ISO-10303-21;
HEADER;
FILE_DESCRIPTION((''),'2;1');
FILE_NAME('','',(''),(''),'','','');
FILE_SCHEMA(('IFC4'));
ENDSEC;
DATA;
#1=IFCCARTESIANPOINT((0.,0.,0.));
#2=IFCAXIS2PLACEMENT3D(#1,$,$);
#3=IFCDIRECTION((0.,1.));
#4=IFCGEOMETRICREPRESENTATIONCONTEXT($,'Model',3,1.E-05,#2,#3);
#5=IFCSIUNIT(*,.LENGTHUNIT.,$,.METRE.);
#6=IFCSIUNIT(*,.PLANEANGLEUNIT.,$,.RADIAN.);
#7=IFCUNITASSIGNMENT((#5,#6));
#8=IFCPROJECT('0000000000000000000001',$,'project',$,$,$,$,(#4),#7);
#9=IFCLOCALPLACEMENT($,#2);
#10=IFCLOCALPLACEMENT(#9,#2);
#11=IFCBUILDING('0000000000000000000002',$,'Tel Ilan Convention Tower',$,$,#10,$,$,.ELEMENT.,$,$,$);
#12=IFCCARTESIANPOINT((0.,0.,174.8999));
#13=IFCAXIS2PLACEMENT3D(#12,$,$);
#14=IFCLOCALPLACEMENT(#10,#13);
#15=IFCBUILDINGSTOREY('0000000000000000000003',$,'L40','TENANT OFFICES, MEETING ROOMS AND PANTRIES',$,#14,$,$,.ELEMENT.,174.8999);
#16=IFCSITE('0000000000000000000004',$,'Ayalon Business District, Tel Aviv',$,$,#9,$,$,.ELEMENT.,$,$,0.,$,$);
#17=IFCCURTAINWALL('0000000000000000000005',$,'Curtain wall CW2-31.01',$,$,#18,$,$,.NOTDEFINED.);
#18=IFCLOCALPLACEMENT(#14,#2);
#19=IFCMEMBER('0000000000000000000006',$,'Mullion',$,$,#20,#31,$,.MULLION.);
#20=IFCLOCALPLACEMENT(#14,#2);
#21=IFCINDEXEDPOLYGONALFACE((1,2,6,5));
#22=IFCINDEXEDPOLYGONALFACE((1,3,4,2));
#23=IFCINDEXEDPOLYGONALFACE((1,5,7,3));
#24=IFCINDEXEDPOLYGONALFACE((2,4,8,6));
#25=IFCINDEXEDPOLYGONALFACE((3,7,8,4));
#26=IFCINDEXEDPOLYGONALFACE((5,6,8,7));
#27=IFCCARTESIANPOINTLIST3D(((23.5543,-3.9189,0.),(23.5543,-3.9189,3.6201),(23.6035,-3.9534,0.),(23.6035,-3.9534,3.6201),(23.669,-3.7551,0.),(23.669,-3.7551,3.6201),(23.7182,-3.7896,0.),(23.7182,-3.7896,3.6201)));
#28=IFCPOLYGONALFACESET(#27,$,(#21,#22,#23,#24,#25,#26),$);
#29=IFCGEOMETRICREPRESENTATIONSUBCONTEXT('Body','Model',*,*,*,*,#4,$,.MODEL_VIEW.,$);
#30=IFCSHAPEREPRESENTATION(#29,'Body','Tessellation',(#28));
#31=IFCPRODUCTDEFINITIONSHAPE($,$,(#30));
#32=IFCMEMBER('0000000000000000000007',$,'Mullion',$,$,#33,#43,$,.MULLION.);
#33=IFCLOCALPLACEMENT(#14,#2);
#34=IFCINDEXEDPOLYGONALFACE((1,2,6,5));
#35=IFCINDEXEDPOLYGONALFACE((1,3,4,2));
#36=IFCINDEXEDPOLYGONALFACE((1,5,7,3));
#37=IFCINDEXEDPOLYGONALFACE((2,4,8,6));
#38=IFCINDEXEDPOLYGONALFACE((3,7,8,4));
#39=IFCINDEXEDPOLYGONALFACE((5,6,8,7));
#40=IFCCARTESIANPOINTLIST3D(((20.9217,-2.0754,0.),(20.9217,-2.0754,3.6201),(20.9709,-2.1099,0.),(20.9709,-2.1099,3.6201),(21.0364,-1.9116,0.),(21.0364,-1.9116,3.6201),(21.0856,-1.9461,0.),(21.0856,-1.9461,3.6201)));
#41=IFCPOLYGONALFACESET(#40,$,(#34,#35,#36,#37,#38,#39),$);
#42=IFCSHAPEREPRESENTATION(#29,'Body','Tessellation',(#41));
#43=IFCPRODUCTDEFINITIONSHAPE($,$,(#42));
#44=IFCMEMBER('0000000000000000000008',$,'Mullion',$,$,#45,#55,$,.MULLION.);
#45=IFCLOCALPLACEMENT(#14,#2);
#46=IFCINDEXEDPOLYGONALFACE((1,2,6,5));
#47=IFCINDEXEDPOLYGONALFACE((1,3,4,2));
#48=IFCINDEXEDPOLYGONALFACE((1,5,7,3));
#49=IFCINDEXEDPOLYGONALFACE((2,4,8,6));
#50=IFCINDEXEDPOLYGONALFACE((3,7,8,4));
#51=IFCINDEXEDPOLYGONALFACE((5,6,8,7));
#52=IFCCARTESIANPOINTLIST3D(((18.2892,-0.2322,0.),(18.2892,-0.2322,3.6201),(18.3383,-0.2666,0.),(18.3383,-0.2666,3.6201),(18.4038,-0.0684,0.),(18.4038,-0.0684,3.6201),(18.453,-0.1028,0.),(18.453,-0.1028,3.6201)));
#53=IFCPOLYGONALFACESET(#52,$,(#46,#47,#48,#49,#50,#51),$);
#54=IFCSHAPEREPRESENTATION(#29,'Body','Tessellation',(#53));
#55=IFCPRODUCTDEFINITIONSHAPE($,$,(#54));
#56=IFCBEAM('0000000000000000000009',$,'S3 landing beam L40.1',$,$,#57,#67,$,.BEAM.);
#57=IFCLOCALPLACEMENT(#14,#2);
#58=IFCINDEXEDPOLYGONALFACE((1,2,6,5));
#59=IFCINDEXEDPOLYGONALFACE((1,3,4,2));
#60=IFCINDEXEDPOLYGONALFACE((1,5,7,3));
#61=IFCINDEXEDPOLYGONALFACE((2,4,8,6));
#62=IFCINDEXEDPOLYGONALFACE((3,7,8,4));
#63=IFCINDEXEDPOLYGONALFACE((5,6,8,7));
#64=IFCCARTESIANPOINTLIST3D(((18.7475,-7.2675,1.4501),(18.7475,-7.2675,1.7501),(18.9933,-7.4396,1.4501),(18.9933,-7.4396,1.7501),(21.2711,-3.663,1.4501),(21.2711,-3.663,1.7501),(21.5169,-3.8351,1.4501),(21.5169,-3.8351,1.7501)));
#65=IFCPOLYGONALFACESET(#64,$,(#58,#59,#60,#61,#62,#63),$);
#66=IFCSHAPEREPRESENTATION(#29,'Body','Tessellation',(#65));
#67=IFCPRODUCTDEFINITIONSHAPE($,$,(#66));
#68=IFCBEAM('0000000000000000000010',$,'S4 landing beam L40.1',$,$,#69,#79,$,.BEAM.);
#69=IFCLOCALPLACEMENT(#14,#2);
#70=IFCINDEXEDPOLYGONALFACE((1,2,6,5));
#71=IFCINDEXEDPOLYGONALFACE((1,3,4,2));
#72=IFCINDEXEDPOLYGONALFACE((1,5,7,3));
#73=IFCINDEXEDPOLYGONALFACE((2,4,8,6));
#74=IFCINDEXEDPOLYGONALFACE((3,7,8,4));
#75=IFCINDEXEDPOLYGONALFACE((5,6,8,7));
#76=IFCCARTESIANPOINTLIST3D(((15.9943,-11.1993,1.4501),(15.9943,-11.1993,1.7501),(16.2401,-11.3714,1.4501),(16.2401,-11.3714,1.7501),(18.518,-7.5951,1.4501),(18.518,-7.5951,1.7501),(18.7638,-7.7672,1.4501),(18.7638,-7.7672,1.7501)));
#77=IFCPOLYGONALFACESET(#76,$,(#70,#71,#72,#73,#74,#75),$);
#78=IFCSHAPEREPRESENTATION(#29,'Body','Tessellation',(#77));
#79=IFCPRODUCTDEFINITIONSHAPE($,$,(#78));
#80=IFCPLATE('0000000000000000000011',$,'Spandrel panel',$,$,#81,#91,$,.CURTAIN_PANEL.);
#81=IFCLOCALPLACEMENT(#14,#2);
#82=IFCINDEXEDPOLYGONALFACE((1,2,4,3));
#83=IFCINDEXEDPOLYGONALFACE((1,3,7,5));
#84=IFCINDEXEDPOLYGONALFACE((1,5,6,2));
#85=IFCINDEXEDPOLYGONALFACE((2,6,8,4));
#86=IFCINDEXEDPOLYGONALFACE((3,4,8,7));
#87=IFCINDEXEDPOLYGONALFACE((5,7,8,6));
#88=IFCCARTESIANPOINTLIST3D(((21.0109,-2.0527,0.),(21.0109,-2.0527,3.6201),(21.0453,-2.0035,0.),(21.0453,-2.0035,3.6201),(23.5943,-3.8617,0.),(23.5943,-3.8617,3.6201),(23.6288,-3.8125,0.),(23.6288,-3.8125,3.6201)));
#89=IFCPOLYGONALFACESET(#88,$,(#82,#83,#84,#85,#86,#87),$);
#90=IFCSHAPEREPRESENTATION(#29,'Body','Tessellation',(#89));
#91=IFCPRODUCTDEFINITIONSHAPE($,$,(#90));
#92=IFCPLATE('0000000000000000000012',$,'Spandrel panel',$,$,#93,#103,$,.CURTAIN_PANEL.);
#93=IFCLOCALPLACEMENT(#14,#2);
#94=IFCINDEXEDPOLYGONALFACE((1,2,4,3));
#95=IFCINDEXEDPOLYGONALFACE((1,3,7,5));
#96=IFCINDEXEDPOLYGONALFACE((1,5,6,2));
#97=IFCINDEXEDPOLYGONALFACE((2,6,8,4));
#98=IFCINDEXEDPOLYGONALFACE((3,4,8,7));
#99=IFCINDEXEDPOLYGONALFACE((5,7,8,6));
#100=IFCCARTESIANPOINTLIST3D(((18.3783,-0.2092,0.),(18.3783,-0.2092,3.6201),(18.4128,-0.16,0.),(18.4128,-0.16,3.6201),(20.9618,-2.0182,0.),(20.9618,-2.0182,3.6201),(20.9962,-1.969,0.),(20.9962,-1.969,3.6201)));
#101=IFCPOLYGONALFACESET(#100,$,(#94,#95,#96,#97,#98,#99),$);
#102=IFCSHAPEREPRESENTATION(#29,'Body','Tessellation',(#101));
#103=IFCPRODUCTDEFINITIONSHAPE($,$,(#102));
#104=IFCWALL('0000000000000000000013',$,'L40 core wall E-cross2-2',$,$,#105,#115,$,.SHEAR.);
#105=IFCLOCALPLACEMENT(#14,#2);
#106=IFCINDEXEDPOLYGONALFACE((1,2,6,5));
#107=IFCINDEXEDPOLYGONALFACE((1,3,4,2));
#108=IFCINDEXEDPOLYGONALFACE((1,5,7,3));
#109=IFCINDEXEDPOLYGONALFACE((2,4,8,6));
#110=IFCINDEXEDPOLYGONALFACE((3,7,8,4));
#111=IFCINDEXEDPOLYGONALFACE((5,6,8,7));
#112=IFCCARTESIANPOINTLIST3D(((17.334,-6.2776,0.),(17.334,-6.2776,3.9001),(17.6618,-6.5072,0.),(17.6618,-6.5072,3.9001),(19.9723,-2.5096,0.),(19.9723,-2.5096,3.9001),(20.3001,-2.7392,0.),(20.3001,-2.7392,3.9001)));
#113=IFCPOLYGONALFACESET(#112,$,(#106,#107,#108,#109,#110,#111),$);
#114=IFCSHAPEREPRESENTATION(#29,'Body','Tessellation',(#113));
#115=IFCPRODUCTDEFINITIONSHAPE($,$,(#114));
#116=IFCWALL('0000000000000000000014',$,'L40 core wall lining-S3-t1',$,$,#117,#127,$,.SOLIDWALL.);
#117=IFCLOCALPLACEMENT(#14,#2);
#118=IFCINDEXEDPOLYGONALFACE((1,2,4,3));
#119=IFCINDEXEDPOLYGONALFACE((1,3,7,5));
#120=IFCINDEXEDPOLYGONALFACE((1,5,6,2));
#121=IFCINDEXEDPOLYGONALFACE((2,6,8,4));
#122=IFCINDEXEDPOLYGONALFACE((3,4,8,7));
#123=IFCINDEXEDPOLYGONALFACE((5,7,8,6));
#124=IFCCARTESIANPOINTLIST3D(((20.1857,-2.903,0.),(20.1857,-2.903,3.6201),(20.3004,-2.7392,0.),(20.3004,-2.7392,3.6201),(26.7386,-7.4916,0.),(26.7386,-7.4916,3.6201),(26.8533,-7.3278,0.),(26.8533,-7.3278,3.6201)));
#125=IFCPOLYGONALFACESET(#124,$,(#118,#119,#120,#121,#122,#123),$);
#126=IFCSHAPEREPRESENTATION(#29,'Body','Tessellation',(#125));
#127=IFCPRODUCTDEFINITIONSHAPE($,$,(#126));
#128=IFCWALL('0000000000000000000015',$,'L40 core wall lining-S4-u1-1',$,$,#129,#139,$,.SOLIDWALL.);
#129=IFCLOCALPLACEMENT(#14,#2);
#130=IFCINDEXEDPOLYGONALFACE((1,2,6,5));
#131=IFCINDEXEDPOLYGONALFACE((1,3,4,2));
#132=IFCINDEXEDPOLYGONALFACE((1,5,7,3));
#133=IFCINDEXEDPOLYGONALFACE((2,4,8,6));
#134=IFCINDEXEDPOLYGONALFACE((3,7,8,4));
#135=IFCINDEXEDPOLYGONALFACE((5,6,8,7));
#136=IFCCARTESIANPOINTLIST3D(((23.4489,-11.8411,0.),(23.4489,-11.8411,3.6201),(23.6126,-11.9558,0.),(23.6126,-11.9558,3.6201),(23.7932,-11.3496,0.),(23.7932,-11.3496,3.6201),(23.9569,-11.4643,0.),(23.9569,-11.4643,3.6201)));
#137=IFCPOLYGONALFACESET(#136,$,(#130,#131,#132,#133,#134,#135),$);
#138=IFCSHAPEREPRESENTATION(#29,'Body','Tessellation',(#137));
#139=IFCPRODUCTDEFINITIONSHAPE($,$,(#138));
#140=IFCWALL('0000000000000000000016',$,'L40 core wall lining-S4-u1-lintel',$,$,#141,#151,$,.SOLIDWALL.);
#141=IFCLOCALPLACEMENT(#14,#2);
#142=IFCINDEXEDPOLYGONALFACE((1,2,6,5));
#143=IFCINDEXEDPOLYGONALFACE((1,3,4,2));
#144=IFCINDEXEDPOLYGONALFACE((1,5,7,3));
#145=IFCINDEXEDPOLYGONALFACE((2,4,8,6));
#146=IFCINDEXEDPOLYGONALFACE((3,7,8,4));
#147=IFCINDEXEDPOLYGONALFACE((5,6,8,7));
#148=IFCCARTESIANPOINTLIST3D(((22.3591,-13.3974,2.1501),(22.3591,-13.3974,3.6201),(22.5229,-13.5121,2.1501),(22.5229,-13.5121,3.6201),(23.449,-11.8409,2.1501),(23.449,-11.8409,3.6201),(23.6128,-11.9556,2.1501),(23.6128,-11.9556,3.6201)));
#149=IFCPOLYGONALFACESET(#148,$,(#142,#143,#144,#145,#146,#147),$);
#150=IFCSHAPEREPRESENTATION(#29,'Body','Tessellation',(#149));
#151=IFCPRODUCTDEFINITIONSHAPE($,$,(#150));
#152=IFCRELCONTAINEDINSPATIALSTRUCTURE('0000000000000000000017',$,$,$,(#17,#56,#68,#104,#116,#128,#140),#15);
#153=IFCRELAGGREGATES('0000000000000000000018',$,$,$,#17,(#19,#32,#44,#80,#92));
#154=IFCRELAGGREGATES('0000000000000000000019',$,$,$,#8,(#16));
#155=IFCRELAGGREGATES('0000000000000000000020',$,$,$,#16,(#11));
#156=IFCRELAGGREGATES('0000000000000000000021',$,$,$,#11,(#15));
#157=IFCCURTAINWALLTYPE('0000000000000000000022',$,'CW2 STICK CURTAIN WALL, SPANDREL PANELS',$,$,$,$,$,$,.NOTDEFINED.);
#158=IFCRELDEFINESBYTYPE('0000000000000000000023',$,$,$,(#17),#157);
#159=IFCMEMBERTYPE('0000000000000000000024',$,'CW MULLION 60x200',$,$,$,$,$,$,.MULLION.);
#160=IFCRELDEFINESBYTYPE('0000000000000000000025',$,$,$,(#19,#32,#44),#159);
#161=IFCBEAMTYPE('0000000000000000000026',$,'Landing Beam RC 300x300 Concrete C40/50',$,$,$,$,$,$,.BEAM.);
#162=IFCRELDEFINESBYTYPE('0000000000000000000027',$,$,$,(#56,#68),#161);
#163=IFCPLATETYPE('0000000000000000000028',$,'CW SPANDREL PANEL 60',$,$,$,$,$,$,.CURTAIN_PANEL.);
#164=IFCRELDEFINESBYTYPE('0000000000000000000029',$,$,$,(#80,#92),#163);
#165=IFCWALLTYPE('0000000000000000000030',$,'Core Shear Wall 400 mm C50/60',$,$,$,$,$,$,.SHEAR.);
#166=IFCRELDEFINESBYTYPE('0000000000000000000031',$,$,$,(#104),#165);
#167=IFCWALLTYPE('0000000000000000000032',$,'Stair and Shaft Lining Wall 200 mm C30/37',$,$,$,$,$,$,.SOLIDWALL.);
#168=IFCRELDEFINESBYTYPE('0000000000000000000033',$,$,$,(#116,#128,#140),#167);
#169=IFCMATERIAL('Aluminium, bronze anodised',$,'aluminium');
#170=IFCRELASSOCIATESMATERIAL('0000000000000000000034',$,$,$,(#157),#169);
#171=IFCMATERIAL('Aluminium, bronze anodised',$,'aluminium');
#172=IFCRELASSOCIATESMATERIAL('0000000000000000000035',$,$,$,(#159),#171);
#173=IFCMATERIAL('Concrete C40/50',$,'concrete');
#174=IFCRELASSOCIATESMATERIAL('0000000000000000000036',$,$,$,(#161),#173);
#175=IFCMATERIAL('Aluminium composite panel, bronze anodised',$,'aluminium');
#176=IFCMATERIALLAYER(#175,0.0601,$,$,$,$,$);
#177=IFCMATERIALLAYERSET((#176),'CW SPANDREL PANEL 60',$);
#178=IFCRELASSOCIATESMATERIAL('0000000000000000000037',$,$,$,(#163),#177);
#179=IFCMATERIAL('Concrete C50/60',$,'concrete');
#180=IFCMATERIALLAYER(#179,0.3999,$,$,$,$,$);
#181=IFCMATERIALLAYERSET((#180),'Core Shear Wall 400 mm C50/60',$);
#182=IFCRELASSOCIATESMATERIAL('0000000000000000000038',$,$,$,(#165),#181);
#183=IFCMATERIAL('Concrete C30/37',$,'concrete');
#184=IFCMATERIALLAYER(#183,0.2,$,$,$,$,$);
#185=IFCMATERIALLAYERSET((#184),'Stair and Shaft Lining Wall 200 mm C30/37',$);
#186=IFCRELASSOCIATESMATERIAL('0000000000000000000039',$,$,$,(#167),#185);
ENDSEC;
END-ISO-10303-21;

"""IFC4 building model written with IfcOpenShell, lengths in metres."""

from ifc_helpers import new_model, si_unit, direction, frame, frame_2d, origin, origin_2d, place, context, subcontext, project, spatial, polyline, rectangle, outline, extrude, material, layer, layer_set, material_profile, profile_set, type_object, element, aggregate, save


model = new_model("IFC4")

# Units and contexts
model_context = context("Model", 3, precision=1e-05, world=origin(), true_north=direction((0.0, 1.0)))
body_context = subcontext(model_context, "Body", "Model", "MODEL_VIEW")
ifc_project = project(units=[si_unit("LENGTHUNIT", "METRE"), si_unit("PLANEANGLEUNIT", "RADIAN")], contexts=[model_context])

# Site, building, storey
site_placement = place(None, origin())
site = spatial("IfcSite", under=ifc_project, at=site_placement, Name="Ayalon Business District, Tel Aviv", CompositionType="ELEMENT", RefElevation=0.0)
building_placement = place(site_placement, origin())
building = spatial("IfcBuilding", under=site, at=building_placement, Name="Tel Ilan Convention Tower", CompositionType="ELEMENT")
storey_placement = place(building_placement, frame((0.0, 0.0, 174.8999)))
storey = spatial("IfcBuildingStorey", under=building, at=storey_placement, Name="L40", Description="TENANT OFFICES, MEETING ROOMS AND PANTRIES", CompositionType="ELEMENT", Elevation=174.8999)

# Curtain wall, members
ifc_material_1 = material(Name="Aluminium, bronze anodised", Category="aluminium")
curtain_wall_type = type_object("IfcCurtainWallType", Name="CW2 STICK CURTAIN WALL, SPANDREL PANELS", PredefinedType="NOTDEFINED", material=ifc_material_1)
curtain_wall_placement = place(storey_placement, origin())
curtain_wall = element("IfcCurtainWall", 1, at=curtain_wall_placement, inside=storey, type_object=curtain_wall_type, Name="Curtain wall CW2-31.01", PredefinedType="NOTDEFINED")
ifc_material_2 = material(Name="Aluminium, bronze anodised", Category="aluminium")
ifc_material_profile_1 = material_profile(ifc_material_2, rectangle(XDim=0.0601, YDim=0.2, at=origin_2d()), Name="CW MULLION 60x200")
ifc_profile_set_1 = profile_set([ifc_material_profile_1], Name="Aluminium, bronze anodised")
member_type = type_object("IfcMemberType", Name="CW MULLION 60x200", PredefinedType="MULLION", material=ifc_profile_set_1)
member_1_placement = place(storey_placement, frame((23.6362, -3.8542, 0.0), z_axis=(0.0, 0.0, 1.0), x_axis=(-0.819152, 0.573576, 0.0)))
member_1 = element("IfcMember", 2, at=member_1_placement, type_object=member_type, Name="Mullion", PredefinedType="MULLION", context=body_context, shape_type="SweptSolid", body=[
    extrude(rectangle(XDim=0.0601, YDim=0.2, at=origin_2d()), origin(), (0.0, 0.0, 1.0), 3.6201),
])
member_2_placement = place(storey_placement, frame((21.0037, -2.0107, 0.0), z_axis=(0.0, 0.0, 1.0), x_axis=(-0.819152, 0.573576, 0.0)))
member_2 = element("IfcMember", 3, at=member_2_placement, type_object=member_type, Name="Mullion", PredefinedType="MULLION", context=body_context, shape_type="SweptSolid", body=[
    extrude(rectangle(XDim=0.0601, YDim=0.2, at=origin_2d()), origin(), (0.0, 0.0, 1.0), 3.6201),
])
member_3_placement = place(storey_placement, frame((18.3711, -0.1675, 0.0), z_axis=(0.0, 0.0, 1.0), x_axis=(-0.819152, 0.573576, 0.0)))
member_3 = element("IfcMember", 4, at=member_3_placement, type_object=member_type, Name="Mullion", PredefinedType="MULLION", context=body_context, shape_type="SweptSolid", body=[
    extrude(rectangle(XDim=0.0601, YDim=0.2, at=origin_2d()), origin(), (0.0, 0.0, 1.0), 3.6201),
])

# Beams
ifc_material_3 = material(Name="Concrete C40/50", Category="concrete")
ifc_material_profile_2 = material_profile(ifc_material_3, rectangle(XDim=0.3, YDim=0.3, at=origin_2d()), Name="RC 300x300")
ifc_profile_set_2 = profile_set([ifc_material_profile_2], Name="Concrete C40/50")
beam_type = type_object("IfcBeamType", Name="Landing Beam RC 300x300 Concrete C40/50", PredefinedType="BEAM", material=ifc_profile_set_2)
beam_1_placement = place(storey_placement, frame((21.394, -3.749, 1.6001), z_axis=(-0.573544, -0.819175, 0.0), x_axis=(0.819175, -0.573544, 0.0)))
element("IfcBeam", 5, at=beam_1_placement, inside=storey, type_object=beam_type, Name="S3 landing beam L40.1", PredefinedType="BEAM", context=body_context, shape_type="SweptSolid", body=[
    extrude(rectangle(XDim=0.3, YDim=0.3, at=origin_2d()), origin(), (0.0, 0.0, 1.0), 4.4001),
])
beam_2_placement = place(storey_placement, frame((18.6409, -7.6812, 1.6001), z_axis=(-0.57357, -0.819156, 0.0), x_axis=(0.819156, -0.57357, 0.0)))
element("IfcBeam", 6, at=beam_2_placement, inside=storey, type_object=beam_type, Name="S4 landing beam L40.1", PredefinedType="BEAM", context=body_context, shape_type="SweptSolid", body=[
    extrude(rectangle(XDim=0.3, YDim=0.3, at=origin_2d()), origin(), (0.0, 0.0, 1.0), 4.3999),
])

# Plates
ifc_material_4 = material(Name="Aluminium composite panel, bronze anodised", Category="aluminium")
ifc_layer_1 = layer(ifc_material_4, 0.0601)
ifc_layer_set_1 = layer_set([ifc_layer_1], Name="CW SPANDREL PANEL 60")
plate_type = type_object("IfcPlateType", Name="CW SPANDREL PANEL 60", PredefinedType="CURTAIN_PANEL", material=ifc_layer_set_1)
plate_1_placement = place(storey_placement, frame((22.3198, -2.9326, 0.0), z_axis=(0.0, 0.0, 1.0), x_axis=(-0.819152, 0.573576, 0.0)))
plate_1 = element("IfcPlate", 7, at=plate_1_placement, type_object=plate_type, Name="Spandrel panel", PredefinedType="CURTAIN_PANEL", context=body_context, shape_type="SweptSolid", body=[
    extrude(rectangle(XDim=3.1538, YDim=0.0601, at=origin_2d()), origin(), (0.0, 0.0, 1.0), 3.6201),
])
plate_2_placement = place(storey_placement, frame((19.6873, -1.0891, 0.0), z_axis=(0.0, 0.0, 1.0), x_axis=(-0.819152, 0.573576, 0.0)))
plate_2 = element("IfcPlate", 8, at=plate_2_placement, type_object=plate_type, Name="Spandrel panel", PredefinedType="CURTAIN_PANEL", context=body_context, shape_type="SweptSolid", body=[
    extrude(rectangle(XDim=3.1538, YDim=0.0601, at=origin_2d()), origin(), (0.0, 0.0, 1.0), 3.6201),
])
aggregate(curtain_wall, [member_1, member_2, member_3, plate_1, plate_2])

# Walls
ifc_material_5 = material(Name="Concrete C50/60", Category="concrete")
ifc_layer_2 = layer(ifc_material_5, 0.3999)
ifc_layer_set_2 = layer_set([ifc_layer_2], Name="Core Shear Wall 400 mm C50/60")
wall_type_1 = type_object("IfcWallType", Name="Core Shear Wall 400 mm C50/60", PredefinedType="SHEAR", material=ifc_layer_set_2)
wall_1_placement = place(storey_placement, frame((17.4978, -6.3923, 0.0), z_axis=(0.0, 0.0, 1.0), x_axis=(0.573612, 0.819127, 0.0)))
element("IfcWall", 9, at=wall_1_placement, inside=storey, type_object=wall_type_1, Name="L40 core wall E-cross2-2", PredefinedType="SHEAR", context=body_context, shape_type="SweptSolid", body=[
    extrude(outline(polyline([(4.5999, -0.2), (4.5999, 0.2002), (0.0, 0.2), (0.0, -0.2002), (4.5999, -0.2)])), origin(), (0.0, 0.0, 1.0), 3.9001),
])
ifc_material_6 = material(Name="Concrete C30/37", Category="concrete")
ifc_layer_3 = layer(ifc_material_6, 0.2)
ifc_layer_set_3 = layer_set([ifc_layer_3], Name="Stair and Shaft Lining Wall 200 mm C30/37")
wall_type_2 = type_object("IfcWallType", Name="Stair and Shaft Lining Wall 200 mm C30/37", PredefinedType="SOLIDWALL", material=ifc_layer_set_3)
wall_2_placement = place(storey_placement, frame((20.2429, -2.821, 0.0), z_axis=(0.0, 0.0, 1.0), x_axis=(0.819142, -0.573591, 0.0)))
element("IfcWall", 10, at=wall_2_placement, inside=storey, type_object=wall_type_2, Name="L40 core wall lining-S3-t1", PredefinedType="SOLIDWALL", context=body_context, shape_type="SweptSolid", body=[
    extrude(rectangle(XDim=7.9998, YDim=0.2, at=frame_2d((4.0, 0.0))), origin(), (0.0, 0.0, 1.0), 3.6201),
])
wall_3_placement = place(storey_placement, frame((23.5308, -11.8984, 0.0), z_axis=(0.0, 0.0, 1.0), x_axis=(0.573708, 0.81906, 0.0)))
element("IfcWall", 11, at=wall_3_placement, inside=storey, type_object=wall_type_2, Name="L40 core wall lining-S4-u1-1", PredefinedType="SOLIDWALL", context=body_context, shape_type="SweptSolid", body=[
    extrude(rectangle(XDim=0.6001, YDim=0.2, at=frame_2d((0.3, 0.0))), origin(), (0.0, 0.0, 1.0), 3.6201),
])
wall_4_placement = place(storey_placement, frame((22.4409, -13.4548, 2.1501), z_axis=(0.0, 0.0, 1.0), x_axis=(0.573592, 0.819141, 0.0)))
element("IfcWall", 12, at=wall_4_placement, inside=storey, type_object=wall_type_2, Name="L40 core wall lining-S4-u1-lintel", PredefinedType="SOLIDWALL", context=body_context, shape_type="SweptSolid", body=[
    extrude(rectangle(XDim=1.9001, YDim=0.2, at=frame_2d((0.9502, 0.0))), origin(), (0.0, 0.0, 1.0), 1.47),
])

save(model, "model.ifc")
